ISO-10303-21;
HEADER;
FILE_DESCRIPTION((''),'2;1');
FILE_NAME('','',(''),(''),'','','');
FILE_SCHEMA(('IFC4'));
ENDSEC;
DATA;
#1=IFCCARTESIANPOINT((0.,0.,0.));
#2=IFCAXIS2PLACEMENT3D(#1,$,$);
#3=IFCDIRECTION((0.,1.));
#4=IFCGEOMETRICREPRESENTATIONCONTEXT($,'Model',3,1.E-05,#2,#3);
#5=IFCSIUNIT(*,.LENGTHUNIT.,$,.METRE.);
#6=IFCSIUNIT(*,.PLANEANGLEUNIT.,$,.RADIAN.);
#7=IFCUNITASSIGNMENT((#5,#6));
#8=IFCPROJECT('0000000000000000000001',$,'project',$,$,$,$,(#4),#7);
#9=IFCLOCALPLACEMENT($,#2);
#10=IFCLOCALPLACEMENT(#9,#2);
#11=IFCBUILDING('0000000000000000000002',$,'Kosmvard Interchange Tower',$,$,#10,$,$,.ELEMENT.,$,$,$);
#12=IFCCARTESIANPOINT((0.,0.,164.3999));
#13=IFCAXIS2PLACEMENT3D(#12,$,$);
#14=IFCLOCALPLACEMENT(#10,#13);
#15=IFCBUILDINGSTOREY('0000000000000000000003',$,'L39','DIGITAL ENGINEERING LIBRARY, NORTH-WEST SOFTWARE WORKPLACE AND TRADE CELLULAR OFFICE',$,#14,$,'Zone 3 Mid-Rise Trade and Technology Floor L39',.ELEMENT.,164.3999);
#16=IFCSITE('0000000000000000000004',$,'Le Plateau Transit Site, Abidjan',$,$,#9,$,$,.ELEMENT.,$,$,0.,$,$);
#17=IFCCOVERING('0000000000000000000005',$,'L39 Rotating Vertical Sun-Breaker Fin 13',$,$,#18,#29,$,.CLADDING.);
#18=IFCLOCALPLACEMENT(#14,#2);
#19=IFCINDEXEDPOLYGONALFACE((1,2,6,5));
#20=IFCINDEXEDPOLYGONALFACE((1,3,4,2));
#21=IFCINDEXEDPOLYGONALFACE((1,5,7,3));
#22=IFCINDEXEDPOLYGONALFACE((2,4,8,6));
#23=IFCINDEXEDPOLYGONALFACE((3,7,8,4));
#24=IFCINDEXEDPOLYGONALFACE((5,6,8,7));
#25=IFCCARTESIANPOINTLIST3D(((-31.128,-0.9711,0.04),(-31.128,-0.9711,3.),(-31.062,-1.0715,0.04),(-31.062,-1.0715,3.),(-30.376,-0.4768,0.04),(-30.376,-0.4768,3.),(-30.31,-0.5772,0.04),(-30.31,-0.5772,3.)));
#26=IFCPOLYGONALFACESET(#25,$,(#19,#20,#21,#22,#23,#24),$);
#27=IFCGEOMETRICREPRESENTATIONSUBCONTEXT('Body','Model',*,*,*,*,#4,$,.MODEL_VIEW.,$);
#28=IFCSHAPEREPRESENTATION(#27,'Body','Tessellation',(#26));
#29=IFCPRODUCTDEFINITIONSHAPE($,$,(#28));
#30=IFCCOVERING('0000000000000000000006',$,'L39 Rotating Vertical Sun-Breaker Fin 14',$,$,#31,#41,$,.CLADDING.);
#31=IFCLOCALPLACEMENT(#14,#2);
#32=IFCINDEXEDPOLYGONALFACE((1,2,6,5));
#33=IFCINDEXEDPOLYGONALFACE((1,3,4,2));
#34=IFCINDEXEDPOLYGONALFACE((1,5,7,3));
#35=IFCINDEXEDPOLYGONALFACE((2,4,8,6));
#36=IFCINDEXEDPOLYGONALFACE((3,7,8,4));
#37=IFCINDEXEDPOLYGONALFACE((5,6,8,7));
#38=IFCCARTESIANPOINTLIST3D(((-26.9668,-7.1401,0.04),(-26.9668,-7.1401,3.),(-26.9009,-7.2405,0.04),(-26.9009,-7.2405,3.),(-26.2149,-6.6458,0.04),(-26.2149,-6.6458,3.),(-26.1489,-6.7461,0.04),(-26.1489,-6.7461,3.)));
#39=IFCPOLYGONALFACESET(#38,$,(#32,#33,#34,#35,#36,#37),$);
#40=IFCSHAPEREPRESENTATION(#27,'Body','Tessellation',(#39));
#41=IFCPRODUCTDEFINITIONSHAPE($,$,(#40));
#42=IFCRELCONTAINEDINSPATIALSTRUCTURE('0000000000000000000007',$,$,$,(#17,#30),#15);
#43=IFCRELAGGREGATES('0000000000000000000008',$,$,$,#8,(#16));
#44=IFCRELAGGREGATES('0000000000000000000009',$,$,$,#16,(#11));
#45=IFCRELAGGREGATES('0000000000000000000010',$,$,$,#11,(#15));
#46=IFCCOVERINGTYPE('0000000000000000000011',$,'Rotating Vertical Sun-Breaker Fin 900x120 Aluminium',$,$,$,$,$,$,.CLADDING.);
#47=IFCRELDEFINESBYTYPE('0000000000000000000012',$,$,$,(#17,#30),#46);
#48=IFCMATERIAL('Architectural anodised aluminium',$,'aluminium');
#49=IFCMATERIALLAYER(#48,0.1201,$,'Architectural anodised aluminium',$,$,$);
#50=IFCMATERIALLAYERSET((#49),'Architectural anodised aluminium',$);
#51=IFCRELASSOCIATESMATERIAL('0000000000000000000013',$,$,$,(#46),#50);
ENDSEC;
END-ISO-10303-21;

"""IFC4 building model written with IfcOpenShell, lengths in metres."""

from ifc_helpers import new_model, si_unit, direction, frame, origin, origin_2d, place, context, subcontext, project, spatial, rectangle, extrude, source, transform, mapped, material, layer, layer_set, type_object, element, save


model = new_model("IFC4")

# Units and contexts
model_context = context("Model", 3, precision=1e-05, world=origin(), true_north=direction((0.0, 1.0)))
body_context = subcontext(model_context, "Body", "Model", "MODEL_VIEW")
ifc_project = project(units=[si_unit("LENGTHUNIT", "METRE"), si_unit("PLANEANGLEUNIT", "RADIAN")], contexts=[model_context])

# Site, building, storey
site_placement = place(None, origin())
site = spatial("IfcSite", under=ifc_project, at=site_placement, Name="Le Plateau Transit Site, Abidjan", CompositionType="ELEMENT", RefElevation=0.0)
building_placement = place(site_placement, origin())
building = spatial("IfcBuilding", under=site, at=building_placement, Name="Kosmvard Interchange Tower", CompositionType="ELEMENT")
storey_placement = place(building_placement, frame((0.0, 0.0, 164.3999)))
storey = spatial("IfcBuildingStorey", under=building, at=storey_placement, Name="L39", Description="DIGITAL ENGINEERING LIBRARY, NORTH-WEST SOFTWARE WORKPLACE AND TRADE CELLULAR OFFICE", LongName="Zone 3 Mid-Rise Trade and Technology Floor L39", CompositionType="ELEMENT", Elevation=164.3999)

# Coverings
ifc_material_1 = material(Name="Architectural anodised aluminium", Category="aluminium")
ifc_layer_1 = layer(ifc_material_1, 0.1201, Name="Architectural anodised aluminium")
ifc_layer_set_1 = layer_set([ifc_layer_1], Name="Architectural anodised aluminium")
covering_type = type_object("IfcCoveringType", Name="Rotating Vertical Sun-Breaker Fin 900x120 Aluminium", PredefinedType="CLADDING", material=ifc_layer_set_1)
shared_shape_1 = source(origin(), body_context, "Body", "SweptSolid", [
    extrude(rectangle(XDim=0.8999, YDim=0.1201, at=origin_2d()), origin(), (0.0, 0.0, 1.0), 2.96),
])
for number, where, z_axis, x_axis, name in (
    (1, (-30.719, -0.7742, 0.04), (0.0, 0.0, 1.0), (-0.835616, -0.549315, 0.0), "L39 Rotating Vertical Sun-Breaker Fin 13"),
    (2, (-26.5579, -6.9431, 0.04), (0.0, 0.0, 1.0), (-0.835616, -0.549315, 0.0), "L39 Rotating Vertical Sun-Breaker Fin 14"),
):
    element("IfcCovering", number, at=place(storey_placement, frame(where, z_axis=z_axis, x_axis=x_axis)), inside=storey, type_object=covering_type, Name=name, PredefinedType="CLADDING", context=body_context, shape_type="MappedRepresentation", body=[
        mapped(shared_shape_1, transform((0.0, 0.0, 0.0), scale=1.0)),
    ])

save(model, "model.ifc")
